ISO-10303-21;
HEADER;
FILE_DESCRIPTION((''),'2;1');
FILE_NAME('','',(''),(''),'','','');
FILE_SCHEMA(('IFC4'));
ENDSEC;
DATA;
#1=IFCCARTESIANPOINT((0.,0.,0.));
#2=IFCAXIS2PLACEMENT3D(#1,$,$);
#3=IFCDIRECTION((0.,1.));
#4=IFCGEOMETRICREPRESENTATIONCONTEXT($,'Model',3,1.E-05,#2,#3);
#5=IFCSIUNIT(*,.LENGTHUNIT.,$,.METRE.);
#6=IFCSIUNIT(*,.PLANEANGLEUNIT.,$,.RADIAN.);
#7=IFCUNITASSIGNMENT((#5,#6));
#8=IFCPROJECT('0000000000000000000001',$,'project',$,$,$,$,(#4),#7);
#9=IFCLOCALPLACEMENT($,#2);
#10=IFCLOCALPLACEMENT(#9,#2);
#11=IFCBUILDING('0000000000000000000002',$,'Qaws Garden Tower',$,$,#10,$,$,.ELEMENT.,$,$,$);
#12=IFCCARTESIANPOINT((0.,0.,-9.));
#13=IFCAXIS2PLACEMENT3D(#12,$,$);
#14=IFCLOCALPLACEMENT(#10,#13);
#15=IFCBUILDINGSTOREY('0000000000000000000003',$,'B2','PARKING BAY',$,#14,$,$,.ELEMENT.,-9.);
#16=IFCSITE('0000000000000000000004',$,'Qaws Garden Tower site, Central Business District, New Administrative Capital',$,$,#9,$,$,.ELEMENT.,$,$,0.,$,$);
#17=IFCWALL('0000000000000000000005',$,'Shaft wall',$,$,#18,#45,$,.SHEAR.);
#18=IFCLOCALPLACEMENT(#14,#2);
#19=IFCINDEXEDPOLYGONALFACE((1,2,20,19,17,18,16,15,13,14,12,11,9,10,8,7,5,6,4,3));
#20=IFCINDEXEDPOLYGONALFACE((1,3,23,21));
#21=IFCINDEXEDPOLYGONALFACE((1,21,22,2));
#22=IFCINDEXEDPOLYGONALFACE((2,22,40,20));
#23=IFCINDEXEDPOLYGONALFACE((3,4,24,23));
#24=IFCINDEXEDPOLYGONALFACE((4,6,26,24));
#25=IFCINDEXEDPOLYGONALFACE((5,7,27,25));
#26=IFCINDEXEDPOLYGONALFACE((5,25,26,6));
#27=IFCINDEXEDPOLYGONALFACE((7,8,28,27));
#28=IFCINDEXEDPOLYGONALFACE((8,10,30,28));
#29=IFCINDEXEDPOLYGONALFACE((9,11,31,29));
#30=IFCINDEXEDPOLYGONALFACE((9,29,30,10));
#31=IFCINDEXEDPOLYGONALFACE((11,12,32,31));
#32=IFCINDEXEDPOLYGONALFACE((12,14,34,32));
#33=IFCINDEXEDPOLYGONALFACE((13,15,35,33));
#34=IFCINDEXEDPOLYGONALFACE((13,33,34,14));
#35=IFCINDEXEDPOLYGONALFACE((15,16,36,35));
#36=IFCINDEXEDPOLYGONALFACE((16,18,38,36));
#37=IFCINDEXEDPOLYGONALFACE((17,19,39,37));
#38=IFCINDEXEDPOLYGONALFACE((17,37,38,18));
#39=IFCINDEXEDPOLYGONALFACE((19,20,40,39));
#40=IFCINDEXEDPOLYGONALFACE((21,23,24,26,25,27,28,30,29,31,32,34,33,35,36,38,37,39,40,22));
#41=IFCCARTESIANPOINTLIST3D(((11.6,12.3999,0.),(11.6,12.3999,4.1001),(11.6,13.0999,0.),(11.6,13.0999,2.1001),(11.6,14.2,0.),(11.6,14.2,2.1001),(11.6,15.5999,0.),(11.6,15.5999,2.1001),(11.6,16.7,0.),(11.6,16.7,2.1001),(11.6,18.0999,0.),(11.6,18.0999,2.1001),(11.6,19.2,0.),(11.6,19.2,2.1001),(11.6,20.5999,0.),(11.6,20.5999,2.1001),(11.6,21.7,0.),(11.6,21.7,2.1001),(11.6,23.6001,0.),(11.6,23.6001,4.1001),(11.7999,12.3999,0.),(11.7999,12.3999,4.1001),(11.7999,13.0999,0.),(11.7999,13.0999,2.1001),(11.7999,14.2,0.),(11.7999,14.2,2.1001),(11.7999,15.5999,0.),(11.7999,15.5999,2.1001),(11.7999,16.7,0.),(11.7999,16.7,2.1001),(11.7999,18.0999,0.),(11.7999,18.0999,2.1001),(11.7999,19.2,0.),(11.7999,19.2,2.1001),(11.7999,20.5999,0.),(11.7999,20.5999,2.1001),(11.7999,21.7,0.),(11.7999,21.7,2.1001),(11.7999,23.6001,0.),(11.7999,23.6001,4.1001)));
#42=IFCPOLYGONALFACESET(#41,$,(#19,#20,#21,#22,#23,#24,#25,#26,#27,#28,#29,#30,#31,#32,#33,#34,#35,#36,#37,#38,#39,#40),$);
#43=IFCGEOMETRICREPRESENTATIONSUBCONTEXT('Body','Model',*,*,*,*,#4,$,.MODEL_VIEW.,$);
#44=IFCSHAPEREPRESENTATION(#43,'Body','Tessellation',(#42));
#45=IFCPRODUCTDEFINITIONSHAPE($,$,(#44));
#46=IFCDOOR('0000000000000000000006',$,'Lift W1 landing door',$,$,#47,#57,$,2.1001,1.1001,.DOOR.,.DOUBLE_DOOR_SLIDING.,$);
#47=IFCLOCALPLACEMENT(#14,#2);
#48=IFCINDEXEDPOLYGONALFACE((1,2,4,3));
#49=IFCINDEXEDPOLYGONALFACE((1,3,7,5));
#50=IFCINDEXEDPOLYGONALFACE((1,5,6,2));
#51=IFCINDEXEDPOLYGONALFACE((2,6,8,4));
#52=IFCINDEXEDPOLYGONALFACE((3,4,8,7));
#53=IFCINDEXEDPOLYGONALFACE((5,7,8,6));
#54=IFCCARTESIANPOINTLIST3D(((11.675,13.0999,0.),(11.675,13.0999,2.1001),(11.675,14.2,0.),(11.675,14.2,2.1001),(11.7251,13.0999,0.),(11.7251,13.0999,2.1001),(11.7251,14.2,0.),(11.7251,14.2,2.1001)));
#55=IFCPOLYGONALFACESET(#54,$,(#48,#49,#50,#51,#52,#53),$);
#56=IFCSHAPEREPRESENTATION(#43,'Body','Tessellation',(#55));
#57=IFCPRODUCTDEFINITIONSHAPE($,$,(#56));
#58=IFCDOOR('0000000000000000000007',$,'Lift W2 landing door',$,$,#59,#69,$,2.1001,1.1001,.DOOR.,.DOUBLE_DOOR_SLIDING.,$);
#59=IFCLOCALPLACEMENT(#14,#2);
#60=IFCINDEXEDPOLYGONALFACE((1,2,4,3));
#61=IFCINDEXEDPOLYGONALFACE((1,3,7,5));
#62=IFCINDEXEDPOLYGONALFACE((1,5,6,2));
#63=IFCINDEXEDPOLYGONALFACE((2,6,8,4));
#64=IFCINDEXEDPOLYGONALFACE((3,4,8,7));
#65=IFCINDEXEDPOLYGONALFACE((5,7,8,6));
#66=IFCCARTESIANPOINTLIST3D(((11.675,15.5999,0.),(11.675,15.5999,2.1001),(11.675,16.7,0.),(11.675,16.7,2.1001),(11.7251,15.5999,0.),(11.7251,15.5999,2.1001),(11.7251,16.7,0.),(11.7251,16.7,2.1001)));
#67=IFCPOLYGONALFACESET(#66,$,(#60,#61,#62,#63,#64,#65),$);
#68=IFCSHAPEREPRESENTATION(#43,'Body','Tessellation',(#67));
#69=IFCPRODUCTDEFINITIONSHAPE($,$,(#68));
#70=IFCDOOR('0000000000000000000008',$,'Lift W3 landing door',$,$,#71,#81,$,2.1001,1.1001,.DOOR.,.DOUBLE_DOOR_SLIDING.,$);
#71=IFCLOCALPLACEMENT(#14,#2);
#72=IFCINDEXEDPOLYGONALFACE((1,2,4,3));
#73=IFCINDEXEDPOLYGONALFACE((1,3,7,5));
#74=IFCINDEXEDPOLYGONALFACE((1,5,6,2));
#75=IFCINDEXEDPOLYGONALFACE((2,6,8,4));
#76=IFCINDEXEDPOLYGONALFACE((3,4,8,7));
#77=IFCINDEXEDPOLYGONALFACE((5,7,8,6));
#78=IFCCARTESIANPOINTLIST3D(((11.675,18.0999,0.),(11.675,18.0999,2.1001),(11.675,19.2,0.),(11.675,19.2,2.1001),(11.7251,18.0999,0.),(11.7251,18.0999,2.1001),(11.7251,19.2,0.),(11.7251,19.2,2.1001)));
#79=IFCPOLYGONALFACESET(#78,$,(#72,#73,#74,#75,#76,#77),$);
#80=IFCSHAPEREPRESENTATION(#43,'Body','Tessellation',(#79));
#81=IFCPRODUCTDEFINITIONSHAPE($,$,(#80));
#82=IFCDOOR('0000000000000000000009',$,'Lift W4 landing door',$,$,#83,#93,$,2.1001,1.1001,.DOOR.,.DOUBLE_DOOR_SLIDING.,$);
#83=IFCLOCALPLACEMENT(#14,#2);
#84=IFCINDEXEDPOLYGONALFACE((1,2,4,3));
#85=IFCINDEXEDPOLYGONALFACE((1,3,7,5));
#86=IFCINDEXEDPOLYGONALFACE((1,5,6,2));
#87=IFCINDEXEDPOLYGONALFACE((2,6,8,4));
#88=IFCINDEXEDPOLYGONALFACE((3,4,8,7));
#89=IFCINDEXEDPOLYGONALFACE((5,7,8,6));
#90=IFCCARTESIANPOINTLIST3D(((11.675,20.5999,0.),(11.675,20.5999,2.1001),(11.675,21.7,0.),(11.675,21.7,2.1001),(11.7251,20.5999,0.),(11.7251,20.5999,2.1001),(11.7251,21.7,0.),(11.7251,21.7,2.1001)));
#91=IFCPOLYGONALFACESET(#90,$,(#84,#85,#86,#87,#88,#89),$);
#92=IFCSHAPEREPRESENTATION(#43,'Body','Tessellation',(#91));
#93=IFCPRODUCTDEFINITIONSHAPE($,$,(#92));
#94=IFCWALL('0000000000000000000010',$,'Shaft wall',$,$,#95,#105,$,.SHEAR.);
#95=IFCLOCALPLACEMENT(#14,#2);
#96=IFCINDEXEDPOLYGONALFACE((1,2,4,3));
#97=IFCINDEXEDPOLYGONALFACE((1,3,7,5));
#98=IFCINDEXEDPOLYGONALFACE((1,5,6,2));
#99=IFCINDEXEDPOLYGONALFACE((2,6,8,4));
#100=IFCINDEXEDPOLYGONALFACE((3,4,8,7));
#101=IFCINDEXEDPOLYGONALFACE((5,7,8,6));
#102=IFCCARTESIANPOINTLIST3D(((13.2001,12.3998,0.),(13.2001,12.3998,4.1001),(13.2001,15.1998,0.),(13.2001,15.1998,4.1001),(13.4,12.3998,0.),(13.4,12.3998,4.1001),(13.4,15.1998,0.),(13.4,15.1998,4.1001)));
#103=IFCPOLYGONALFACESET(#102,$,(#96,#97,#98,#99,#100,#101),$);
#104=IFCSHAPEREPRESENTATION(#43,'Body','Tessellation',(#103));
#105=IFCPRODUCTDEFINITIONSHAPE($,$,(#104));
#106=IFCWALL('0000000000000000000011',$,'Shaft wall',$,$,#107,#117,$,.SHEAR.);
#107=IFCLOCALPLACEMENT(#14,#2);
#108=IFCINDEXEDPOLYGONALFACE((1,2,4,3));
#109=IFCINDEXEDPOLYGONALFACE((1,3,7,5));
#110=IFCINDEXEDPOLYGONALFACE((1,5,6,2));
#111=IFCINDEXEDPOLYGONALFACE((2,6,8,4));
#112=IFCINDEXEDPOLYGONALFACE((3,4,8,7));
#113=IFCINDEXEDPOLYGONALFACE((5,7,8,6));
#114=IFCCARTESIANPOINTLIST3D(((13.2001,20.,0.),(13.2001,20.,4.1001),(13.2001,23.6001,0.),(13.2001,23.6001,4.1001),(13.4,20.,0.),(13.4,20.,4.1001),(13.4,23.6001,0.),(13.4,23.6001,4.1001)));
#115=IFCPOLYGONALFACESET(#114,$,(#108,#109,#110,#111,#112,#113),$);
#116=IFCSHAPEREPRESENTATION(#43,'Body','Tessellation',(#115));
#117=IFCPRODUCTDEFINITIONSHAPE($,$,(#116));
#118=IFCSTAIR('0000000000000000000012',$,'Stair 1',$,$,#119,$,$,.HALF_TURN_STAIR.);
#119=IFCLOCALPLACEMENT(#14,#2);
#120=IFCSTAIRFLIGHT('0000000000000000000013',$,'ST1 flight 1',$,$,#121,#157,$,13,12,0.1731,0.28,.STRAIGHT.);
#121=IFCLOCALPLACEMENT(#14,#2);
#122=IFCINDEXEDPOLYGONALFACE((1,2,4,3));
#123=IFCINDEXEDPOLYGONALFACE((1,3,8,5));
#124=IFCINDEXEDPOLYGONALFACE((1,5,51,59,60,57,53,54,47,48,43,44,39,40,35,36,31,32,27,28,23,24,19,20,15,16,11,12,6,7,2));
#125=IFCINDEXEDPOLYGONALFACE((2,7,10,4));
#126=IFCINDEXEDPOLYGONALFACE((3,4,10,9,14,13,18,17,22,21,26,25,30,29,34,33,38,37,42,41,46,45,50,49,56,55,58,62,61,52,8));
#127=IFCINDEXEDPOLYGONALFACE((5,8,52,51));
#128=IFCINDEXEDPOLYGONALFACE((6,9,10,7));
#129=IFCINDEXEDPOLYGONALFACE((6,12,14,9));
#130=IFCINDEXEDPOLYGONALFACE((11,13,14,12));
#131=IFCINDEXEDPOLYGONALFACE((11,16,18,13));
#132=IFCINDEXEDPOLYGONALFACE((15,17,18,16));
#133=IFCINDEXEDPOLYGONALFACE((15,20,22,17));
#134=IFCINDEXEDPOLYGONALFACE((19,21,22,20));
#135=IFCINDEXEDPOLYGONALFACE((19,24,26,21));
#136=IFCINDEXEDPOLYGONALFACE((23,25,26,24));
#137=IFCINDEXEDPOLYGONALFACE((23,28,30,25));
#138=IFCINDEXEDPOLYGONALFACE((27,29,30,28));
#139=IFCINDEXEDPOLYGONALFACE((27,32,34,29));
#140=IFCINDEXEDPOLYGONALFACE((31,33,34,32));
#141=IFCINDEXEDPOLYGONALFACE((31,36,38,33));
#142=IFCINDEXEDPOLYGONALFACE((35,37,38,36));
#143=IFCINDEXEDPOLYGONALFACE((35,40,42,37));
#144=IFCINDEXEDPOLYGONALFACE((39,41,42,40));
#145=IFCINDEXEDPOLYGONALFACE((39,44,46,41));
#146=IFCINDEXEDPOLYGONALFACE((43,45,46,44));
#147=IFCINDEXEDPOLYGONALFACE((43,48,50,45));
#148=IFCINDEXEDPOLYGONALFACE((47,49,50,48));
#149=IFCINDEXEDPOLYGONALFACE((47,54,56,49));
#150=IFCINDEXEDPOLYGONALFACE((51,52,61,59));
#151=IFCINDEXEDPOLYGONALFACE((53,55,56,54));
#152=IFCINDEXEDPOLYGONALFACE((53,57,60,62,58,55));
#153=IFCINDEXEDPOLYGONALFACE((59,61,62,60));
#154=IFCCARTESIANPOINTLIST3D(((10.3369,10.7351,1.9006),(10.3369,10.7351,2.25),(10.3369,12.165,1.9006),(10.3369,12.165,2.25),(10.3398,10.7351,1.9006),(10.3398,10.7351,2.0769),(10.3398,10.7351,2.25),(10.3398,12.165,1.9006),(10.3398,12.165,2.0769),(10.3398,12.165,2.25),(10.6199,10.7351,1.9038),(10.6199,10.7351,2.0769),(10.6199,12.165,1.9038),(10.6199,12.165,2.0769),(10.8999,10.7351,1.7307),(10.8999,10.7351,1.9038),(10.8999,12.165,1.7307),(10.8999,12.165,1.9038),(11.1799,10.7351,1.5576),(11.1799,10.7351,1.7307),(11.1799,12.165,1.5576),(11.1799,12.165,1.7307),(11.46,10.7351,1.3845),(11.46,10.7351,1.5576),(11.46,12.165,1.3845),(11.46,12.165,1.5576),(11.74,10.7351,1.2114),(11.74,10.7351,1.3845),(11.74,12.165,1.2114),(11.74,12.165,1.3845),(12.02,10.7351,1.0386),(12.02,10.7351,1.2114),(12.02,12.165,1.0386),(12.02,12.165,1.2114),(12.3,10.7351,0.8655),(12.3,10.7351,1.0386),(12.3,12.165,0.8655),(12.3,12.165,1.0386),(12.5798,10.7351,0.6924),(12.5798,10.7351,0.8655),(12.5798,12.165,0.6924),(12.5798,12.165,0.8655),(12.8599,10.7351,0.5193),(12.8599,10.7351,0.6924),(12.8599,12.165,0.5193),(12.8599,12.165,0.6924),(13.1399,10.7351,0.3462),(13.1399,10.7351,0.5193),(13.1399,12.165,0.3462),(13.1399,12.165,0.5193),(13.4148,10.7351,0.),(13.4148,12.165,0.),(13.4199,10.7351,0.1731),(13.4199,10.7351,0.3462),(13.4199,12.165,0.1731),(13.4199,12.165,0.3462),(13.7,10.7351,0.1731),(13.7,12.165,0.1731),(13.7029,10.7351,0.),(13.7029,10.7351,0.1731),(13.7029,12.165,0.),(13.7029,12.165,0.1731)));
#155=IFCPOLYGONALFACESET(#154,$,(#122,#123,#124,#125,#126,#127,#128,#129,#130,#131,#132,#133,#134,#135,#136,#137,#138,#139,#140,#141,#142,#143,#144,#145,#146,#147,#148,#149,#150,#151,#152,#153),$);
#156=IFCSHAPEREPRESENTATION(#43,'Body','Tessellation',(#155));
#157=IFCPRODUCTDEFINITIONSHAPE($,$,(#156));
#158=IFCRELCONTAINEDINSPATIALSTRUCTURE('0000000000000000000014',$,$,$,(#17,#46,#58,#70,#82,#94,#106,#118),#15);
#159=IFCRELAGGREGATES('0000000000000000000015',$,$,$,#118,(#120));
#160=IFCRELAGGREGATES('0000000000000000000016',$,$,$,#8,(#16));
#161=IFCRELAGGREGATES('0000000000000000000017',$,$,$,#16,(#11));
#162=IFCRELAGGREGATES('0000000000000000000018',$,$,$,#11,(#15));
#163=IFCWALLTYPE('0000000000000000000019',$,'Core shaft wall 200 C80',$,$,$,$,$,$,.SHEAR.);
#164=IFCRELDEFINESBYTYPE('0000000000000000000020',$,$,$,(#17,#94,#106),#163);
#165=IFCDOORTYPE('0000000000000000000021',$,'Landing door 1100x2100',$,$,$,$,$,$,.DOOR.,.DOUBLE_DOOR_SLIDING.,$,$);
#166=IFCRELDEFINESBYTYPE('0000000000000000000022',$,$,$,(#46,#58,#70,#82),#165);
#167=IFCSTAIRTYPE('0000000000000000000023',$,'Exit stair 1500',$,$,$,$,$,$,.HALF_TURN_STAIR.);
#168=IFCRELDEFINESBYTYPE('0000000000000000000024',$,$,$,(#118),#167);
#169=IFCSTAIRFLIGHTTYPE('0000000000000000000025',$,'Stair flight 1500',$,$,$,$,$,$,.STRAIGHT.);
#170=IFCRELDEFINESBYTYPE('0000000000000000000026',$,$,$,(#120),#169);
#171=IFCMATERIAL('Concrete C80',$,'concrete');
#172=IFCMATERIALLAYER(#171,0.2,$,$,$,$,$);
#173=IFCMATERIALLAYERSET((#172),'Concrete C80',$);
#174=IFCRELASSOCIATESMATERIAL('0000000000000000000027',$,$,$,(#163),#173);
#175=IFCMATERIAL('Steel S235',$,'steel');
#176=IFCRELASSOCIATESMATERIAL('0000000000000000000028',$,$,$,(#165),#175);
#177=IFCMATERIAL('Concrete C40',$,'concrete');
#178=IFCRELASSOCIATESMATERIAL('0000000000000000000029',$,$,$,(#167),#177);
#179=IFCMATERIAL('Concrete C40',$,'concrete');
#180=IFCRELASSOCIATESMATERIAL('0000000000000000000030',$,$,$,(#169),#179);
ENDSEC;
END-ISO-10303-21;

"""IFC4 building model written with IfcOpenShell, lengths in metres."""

from ifc_helpers import new_model, si_unit, direction, frame, frame_2d, origin, place, context, subcontext, project, spatial, polyline, rectangle, outline, extrude, material, layer, layer_set, type_object, element, fill, aggregate, save


model = new_model("IFC4")

# Units and contexts
model_context = context("Model", 3, precision=1e-05, world=origin(), true_north=direction((0.0, 1.0)))
body_context = subcontext(model_context, "Body", "Model", "MODEL_VIEW")
ifc_project = project(units=[si_unit("LENGTHUNIT", "METRE"), si_unit("PLANEANGLEUNIT", "RADIAN")], contexts=[model_context])

# Site, building, storey
site_placement = place(None, origin())
site = spatial("IfcSite", under=ifc_project, at=site_placement, Name="Qaws Garden Tower site, Central Business District, New Administrative Capital", CompositionType="ELEMENT", RefElevation=0.0)
building_placement = place(site_placement, origin())
building = spatial("IfcBuilding", under=site, at=building_placement, Name="Qaws Garden Tower", CompositionType="ELEMENT")
storey_placement = place(building_placement, frame((0.0, 0.0, -9.0)))
storey = spatial("IfcBuildingStorey", under=building, at=storey_placement, Name="B2", Description="PARKING BAY", CompositionType="ELEMENT", Elevation=-9.0)

# Shared definitions
ifc_material_1 = material(Name="Concrete C80", Category="concrete")
ifc_layer = layer(ifc_material_1, 0.2)
ifc_layer_set = layer_set([ifc_layer], Name="Concrete C80")
wall_type = type_object("IfcWallType", Name="Core shaft wall 200 C80", PredefinedType="SHEAR", material=ifc_layer_set)

# Wall, openings, doors
wall_1_placement = place(storey_placement, frame((11.7, 12.3999, 0.0), z_axis=(0.0, 0.0, 1.0), x_axis=(0.0, 1.0, 0.0)))
wall_1 = element("IfcWall", 1, at=wall_1_placement, inside=storey, type_object=wall_type, Name="Shaft wall", PredefinedType="SHEAR", context=body_context, shape_type="SweptSolid", body=[
    extrude(rectangle(XDim=11.2002, YDim=0.2, at=frame_2d((5.6001, 0.0))), origin(), (0.0, 0.0, 1.0), 4.1001),
])
opening_1_placement = place(wall_1_placement, frame((0.7, 0.0, 0.0)))
opening_1 = element("IfcOpeningElement", 2, at=opening_1_placement, cuts=wall_1, PredefinedType="OPENING", context=body_context, shape_type="SweptSolid", body=[
    extrude(rectangle(XDim=1.1001, YDim=2.1001, at=frame_2d((0.55, 1.05))), frame((0.0, 0.1099, 0.0), z_axis=(0.0, -1.0, 0.0), x_axis=(1.0, 0.0, 0.0)), (0.0, 0.0, 1.0), 0.22),
])
opening_2_placement = place(wall_1_placement, frame((3.2, 0.0, 0.0)))
opening_2 = element("IfcOpeningElement", 3, at=opening_2_placement, cuts=wall_1, PredefinedType="OPENING", context=body_context, shape_type="SweptSolid", body=[
    extrude(rectangle(XDim=1.1001, YDim=2.1001, at=frame_2d((0.55, 1.05))), frame((0.0, 0.1099, 0.0), z_axis=(0.0, -1.0, 0.0), x_axis=(1.0, 0.0, 0.0)), (0.0, 0.0, 1.0), 0.22),
])
opening_3_placement = place(wall_1_placement, frame((5.7, 0.0, 0.0)))
opening_3 = element("IfcOpeningElement", 4, at=opening_3_placement, cuts=wall_1, PredefinedType="OPENING", context=body_context, shape_type="SweptSolid", body=[
    extrude(rectangle(XDim=1.1001, YDim=2.1001, at=frame_2d((0.55, 1.05))), frame((0.0, 0.1099, 0.0), z_axis=(0.0, -1.0, 0.0), x_axis=(1.0, 0.0, 0.0)), (0.0, 0.0, 1.0), 0.22),
])
opening_4_placement = place(wall_1_placement, frame((8.2, 0.0, 0.0)))
opening_4 = element("IfcOpeningElement", 5, at=opening_4_placement, cuts=wall_1, PredefinedType="OPENING", context=body_context, shape_type="SweptSolid", body=[
    extrude(rectangle(XDim=1.1001, YDim=2.1001, at=frame_2d((0.55, 1.05))), frame((0.0, 0.1099, 0.0), z_axis=(0.0, -1.0, 0.0), x_axis=(1.0, 0.0, 0.0)), (0.0, 0.0, 1.0), 0.22),
])
ifc_material_2 = material(Name="Steel S235", Category="steel")
door_type = type_object("IfcDoorType", Name="Landing door 1100x2100", OperationType="DOUBLE_DOOR_SLIDING", PredefinedType="DOOR", material=ifc_material_2)
door_1_placement = place(opening_1_placement, origin())
door_1 = element("IfcDoor", 6, at=door_1_placement, inside=storey, type_object=door_type, Name="Lift W1 landing door", OperationType="DOUBLE_DOOR_SLIDING", OverallHeight=2.1001, OverallWidth=1.1001, PredefinedType="DOOR", context=body_context, shape_type="SweptSolid", body=[
    extrude(rectangle(XDim=1.1001, YDim=2.1001, at=frame_2d((0.55, 1.05))), frame((0.0, 0.0249, 0.0), z_axis=(0.0, -1.0, 0.0), x_axis=(1.0, 0.0, 0.0)), (0.0, 0.0, 1.0), 0.05),
])
fill(opening_1, door_1)
door_2_placement = place(opening_2_placement, origin())
door_2 = element("IfcDoor", 7, at=door_2_placement, inside=storey, type_object=door_type, Name="Lift W2 landing door", OperationType="DOUBLE_DOOR_SLIDING", OverallHeight=2.1001, OverallWidth=1.1001, PredefinedType="DOOR", context=body_context, shape_type="SweptSolid", body=[
    extrude(rectangle(XDim=1.1001, YDim=2.1001, at=frame_2d((0.55, 1.05))), frame((0.0, 0.0249, 0.0), z_axis=(0.0, -1.0, 0.0), x_axis=(1.0, 0.0, 0.0)), (0.0, 0.0, 1.0), 0.05),
])
fill(opening_2, door_2)
door_3_placement = place(opening_3_placement, origin())
door_3 = element("IfcDoor", 8, at=door_3_placement, inside=storey, type_object=door_type, Name="Lift W3 landing door", OperationType="DOUBLE_DOOR_SLIDING", OverallHeight=2.1001, OverallWidth=1.1001, PredefinedType="DOOR", context=body_context, shape_type="SweptSolid", body=[
    extrude(rectangle(XDim=1.1001, YDim=2.1001, at=frame_2d((0.55, 1.05))), frame((0.0, 0.0249, 0.0), z_axis=(0.0, -1.0, 0.0), x_axis=(1.0, 0.0, 0.0)), (0.0, 0.0, 1.0), 0.05),
])
fill(opening_3, door_3)
door_4_placement = place(opening_4_placement, origin())
door_4 = element("IfcDoor", 9, at=door_4_placement, inside=storey, type_object=door_type, Name="Lift W4 landing door", OperationType="DOUBLE_DOOR_SLIDING", OverallHeight=2.1001, OverallWidth=1.1001, PredefinedType="DOOR", context=body_context, shape_type="SweptSolid", body=[
    extrude(rectangle(XDim=1.1001, YDim=2.1001, at=frame_2d((0.55, 1.05))), frame((0.0, 0.0249, 0.0), z_axis=(0.0, -1.0, 0.0), x_axis=(1.0, 0.0, 0.0)), (0.0, 0.0, 1.0), 0.05),
])
fill(opening_4, door_4)

# Walls
wall_2_placement = place(storey_placement, frame((13.3, 12.3999, 0.0), z_axis=(0.0, 0.0, 1.0), x_axis=(0.0, 1.0, 0.0)))
element("IfcWall", 10, at=wall_2_placement, inside=storey, type_object=wall_type, Name="Shaft wall", PredefinedType="SHEAR", context=body_context, shape_type="SweptSolid", body=[
    extrude(rectangle(XDim=2.8, YDim=0.2, at=frame_2d((1.3999, 0.0))), origin(), (0.0, 0.0, 1.0), 4.1001),
])
wall_3_placement = place(storey_placement, frame((13.3, 20.0, 0.0), z_axis=(0.0, 0.0, 1.0), x_axis=(0.0, 1.0, 0.0)))
element("IfcWall", 11, at=wall_3_placement, inside=storey, type_object=wall_type, Name="Shaft wall", PredefinedType="SHEAR", context=body_context, shape_type="SweptSolid", body=[
    extrude(rectangle(XDim=3.6001, YDim=0.2, at=frame_2d((1.8, 0.0))), origin(), (0.0, 0.0, 1.0), 4.1001),
])

# Stair, stair flight
ifc_material_3 = material(Name="Concrete C40", Category="concrete")
stair_type = type_object("IfcStairType", Name="Exit stair 1500", PredefinedType="HALF_TURN_STAIR", material=ifc_material_3)
stair_placement = place(storey_placement, origin())
stair = element("IfcStair", 12, at=stair_placement, inside=storey, type_object=stair_type, Name="Stair 1", PredefinedType="HALF_TURN_STAIR")
ifc_material_4 = material(Name="Concrete C40", Category="concrete")
stair_flight_type = type_object("IfcStairFlightType", Name="Stair flight 1500", PredefinedType="STRAIGHT", material=ifc_material_4)
stair_flight_1_placement = place(storey_placement, frame((13.7, 11.45, 0.0), z_axis=(0.0, 0.0, 1.0), x_axis=(-1.0, 0.0, 0.0)))
stair_flight_1 = element("IfcStairFlight", 13, at=stair_flight_1_placement, type_object=stair_flight_type, Name="ST1 flight 1", NumberOfRisers=13, NumberOfTreads=12, PredefinedType="STRAIGHT", RiserHeight=0.1731, TreadLength=0.28, context=body_context, shape_type="SweptSolid", body=[
    extrude(outline(polyline([(-0.0029, 0.0), (-0.0029, 0.1731), (0.0, 0.1731), (0.28, 0.1731), (0.28, 0.3462), (0.5601, 0.3462), (0.5601, 0.5193), (0.8401, 0.5193), (0.8401, 0.6924), (1.1201, 0.6924), (1.1201, 0.8655), (1.3999, 0.8655), (1.3999, 1.0386), (1.6799, 1.0386), (1.6799, 1.2114), (1.96, 1.2114), (1.96, 1.3845), (2.24, 1.3845), (2.24, 1.5576), (2.52, 1.5576), (2.52, 1.7307), (2.8, 1.7307), (2.8, 1.9038), (3.0801, 1.9038), (3.0801, 2.0769), (3.3601, 2.0769), (3.3601, 2.25), (3.363, 2.25), (3.363, 1.9006), (3.3601, 1.9006), (0.2852, 0.0), (-0.0029, 0.0)])), frame((0.0, 0.7148, 0.0), z_axis=(0.0, -1.0, 0.0), x_axis=(1.0, 0.0, 0.0)), (0.0, 0.0, 1.0), 1.4299),
])
aggregate(stair, [stair_flight_1])

save(model, "model.ifc")
